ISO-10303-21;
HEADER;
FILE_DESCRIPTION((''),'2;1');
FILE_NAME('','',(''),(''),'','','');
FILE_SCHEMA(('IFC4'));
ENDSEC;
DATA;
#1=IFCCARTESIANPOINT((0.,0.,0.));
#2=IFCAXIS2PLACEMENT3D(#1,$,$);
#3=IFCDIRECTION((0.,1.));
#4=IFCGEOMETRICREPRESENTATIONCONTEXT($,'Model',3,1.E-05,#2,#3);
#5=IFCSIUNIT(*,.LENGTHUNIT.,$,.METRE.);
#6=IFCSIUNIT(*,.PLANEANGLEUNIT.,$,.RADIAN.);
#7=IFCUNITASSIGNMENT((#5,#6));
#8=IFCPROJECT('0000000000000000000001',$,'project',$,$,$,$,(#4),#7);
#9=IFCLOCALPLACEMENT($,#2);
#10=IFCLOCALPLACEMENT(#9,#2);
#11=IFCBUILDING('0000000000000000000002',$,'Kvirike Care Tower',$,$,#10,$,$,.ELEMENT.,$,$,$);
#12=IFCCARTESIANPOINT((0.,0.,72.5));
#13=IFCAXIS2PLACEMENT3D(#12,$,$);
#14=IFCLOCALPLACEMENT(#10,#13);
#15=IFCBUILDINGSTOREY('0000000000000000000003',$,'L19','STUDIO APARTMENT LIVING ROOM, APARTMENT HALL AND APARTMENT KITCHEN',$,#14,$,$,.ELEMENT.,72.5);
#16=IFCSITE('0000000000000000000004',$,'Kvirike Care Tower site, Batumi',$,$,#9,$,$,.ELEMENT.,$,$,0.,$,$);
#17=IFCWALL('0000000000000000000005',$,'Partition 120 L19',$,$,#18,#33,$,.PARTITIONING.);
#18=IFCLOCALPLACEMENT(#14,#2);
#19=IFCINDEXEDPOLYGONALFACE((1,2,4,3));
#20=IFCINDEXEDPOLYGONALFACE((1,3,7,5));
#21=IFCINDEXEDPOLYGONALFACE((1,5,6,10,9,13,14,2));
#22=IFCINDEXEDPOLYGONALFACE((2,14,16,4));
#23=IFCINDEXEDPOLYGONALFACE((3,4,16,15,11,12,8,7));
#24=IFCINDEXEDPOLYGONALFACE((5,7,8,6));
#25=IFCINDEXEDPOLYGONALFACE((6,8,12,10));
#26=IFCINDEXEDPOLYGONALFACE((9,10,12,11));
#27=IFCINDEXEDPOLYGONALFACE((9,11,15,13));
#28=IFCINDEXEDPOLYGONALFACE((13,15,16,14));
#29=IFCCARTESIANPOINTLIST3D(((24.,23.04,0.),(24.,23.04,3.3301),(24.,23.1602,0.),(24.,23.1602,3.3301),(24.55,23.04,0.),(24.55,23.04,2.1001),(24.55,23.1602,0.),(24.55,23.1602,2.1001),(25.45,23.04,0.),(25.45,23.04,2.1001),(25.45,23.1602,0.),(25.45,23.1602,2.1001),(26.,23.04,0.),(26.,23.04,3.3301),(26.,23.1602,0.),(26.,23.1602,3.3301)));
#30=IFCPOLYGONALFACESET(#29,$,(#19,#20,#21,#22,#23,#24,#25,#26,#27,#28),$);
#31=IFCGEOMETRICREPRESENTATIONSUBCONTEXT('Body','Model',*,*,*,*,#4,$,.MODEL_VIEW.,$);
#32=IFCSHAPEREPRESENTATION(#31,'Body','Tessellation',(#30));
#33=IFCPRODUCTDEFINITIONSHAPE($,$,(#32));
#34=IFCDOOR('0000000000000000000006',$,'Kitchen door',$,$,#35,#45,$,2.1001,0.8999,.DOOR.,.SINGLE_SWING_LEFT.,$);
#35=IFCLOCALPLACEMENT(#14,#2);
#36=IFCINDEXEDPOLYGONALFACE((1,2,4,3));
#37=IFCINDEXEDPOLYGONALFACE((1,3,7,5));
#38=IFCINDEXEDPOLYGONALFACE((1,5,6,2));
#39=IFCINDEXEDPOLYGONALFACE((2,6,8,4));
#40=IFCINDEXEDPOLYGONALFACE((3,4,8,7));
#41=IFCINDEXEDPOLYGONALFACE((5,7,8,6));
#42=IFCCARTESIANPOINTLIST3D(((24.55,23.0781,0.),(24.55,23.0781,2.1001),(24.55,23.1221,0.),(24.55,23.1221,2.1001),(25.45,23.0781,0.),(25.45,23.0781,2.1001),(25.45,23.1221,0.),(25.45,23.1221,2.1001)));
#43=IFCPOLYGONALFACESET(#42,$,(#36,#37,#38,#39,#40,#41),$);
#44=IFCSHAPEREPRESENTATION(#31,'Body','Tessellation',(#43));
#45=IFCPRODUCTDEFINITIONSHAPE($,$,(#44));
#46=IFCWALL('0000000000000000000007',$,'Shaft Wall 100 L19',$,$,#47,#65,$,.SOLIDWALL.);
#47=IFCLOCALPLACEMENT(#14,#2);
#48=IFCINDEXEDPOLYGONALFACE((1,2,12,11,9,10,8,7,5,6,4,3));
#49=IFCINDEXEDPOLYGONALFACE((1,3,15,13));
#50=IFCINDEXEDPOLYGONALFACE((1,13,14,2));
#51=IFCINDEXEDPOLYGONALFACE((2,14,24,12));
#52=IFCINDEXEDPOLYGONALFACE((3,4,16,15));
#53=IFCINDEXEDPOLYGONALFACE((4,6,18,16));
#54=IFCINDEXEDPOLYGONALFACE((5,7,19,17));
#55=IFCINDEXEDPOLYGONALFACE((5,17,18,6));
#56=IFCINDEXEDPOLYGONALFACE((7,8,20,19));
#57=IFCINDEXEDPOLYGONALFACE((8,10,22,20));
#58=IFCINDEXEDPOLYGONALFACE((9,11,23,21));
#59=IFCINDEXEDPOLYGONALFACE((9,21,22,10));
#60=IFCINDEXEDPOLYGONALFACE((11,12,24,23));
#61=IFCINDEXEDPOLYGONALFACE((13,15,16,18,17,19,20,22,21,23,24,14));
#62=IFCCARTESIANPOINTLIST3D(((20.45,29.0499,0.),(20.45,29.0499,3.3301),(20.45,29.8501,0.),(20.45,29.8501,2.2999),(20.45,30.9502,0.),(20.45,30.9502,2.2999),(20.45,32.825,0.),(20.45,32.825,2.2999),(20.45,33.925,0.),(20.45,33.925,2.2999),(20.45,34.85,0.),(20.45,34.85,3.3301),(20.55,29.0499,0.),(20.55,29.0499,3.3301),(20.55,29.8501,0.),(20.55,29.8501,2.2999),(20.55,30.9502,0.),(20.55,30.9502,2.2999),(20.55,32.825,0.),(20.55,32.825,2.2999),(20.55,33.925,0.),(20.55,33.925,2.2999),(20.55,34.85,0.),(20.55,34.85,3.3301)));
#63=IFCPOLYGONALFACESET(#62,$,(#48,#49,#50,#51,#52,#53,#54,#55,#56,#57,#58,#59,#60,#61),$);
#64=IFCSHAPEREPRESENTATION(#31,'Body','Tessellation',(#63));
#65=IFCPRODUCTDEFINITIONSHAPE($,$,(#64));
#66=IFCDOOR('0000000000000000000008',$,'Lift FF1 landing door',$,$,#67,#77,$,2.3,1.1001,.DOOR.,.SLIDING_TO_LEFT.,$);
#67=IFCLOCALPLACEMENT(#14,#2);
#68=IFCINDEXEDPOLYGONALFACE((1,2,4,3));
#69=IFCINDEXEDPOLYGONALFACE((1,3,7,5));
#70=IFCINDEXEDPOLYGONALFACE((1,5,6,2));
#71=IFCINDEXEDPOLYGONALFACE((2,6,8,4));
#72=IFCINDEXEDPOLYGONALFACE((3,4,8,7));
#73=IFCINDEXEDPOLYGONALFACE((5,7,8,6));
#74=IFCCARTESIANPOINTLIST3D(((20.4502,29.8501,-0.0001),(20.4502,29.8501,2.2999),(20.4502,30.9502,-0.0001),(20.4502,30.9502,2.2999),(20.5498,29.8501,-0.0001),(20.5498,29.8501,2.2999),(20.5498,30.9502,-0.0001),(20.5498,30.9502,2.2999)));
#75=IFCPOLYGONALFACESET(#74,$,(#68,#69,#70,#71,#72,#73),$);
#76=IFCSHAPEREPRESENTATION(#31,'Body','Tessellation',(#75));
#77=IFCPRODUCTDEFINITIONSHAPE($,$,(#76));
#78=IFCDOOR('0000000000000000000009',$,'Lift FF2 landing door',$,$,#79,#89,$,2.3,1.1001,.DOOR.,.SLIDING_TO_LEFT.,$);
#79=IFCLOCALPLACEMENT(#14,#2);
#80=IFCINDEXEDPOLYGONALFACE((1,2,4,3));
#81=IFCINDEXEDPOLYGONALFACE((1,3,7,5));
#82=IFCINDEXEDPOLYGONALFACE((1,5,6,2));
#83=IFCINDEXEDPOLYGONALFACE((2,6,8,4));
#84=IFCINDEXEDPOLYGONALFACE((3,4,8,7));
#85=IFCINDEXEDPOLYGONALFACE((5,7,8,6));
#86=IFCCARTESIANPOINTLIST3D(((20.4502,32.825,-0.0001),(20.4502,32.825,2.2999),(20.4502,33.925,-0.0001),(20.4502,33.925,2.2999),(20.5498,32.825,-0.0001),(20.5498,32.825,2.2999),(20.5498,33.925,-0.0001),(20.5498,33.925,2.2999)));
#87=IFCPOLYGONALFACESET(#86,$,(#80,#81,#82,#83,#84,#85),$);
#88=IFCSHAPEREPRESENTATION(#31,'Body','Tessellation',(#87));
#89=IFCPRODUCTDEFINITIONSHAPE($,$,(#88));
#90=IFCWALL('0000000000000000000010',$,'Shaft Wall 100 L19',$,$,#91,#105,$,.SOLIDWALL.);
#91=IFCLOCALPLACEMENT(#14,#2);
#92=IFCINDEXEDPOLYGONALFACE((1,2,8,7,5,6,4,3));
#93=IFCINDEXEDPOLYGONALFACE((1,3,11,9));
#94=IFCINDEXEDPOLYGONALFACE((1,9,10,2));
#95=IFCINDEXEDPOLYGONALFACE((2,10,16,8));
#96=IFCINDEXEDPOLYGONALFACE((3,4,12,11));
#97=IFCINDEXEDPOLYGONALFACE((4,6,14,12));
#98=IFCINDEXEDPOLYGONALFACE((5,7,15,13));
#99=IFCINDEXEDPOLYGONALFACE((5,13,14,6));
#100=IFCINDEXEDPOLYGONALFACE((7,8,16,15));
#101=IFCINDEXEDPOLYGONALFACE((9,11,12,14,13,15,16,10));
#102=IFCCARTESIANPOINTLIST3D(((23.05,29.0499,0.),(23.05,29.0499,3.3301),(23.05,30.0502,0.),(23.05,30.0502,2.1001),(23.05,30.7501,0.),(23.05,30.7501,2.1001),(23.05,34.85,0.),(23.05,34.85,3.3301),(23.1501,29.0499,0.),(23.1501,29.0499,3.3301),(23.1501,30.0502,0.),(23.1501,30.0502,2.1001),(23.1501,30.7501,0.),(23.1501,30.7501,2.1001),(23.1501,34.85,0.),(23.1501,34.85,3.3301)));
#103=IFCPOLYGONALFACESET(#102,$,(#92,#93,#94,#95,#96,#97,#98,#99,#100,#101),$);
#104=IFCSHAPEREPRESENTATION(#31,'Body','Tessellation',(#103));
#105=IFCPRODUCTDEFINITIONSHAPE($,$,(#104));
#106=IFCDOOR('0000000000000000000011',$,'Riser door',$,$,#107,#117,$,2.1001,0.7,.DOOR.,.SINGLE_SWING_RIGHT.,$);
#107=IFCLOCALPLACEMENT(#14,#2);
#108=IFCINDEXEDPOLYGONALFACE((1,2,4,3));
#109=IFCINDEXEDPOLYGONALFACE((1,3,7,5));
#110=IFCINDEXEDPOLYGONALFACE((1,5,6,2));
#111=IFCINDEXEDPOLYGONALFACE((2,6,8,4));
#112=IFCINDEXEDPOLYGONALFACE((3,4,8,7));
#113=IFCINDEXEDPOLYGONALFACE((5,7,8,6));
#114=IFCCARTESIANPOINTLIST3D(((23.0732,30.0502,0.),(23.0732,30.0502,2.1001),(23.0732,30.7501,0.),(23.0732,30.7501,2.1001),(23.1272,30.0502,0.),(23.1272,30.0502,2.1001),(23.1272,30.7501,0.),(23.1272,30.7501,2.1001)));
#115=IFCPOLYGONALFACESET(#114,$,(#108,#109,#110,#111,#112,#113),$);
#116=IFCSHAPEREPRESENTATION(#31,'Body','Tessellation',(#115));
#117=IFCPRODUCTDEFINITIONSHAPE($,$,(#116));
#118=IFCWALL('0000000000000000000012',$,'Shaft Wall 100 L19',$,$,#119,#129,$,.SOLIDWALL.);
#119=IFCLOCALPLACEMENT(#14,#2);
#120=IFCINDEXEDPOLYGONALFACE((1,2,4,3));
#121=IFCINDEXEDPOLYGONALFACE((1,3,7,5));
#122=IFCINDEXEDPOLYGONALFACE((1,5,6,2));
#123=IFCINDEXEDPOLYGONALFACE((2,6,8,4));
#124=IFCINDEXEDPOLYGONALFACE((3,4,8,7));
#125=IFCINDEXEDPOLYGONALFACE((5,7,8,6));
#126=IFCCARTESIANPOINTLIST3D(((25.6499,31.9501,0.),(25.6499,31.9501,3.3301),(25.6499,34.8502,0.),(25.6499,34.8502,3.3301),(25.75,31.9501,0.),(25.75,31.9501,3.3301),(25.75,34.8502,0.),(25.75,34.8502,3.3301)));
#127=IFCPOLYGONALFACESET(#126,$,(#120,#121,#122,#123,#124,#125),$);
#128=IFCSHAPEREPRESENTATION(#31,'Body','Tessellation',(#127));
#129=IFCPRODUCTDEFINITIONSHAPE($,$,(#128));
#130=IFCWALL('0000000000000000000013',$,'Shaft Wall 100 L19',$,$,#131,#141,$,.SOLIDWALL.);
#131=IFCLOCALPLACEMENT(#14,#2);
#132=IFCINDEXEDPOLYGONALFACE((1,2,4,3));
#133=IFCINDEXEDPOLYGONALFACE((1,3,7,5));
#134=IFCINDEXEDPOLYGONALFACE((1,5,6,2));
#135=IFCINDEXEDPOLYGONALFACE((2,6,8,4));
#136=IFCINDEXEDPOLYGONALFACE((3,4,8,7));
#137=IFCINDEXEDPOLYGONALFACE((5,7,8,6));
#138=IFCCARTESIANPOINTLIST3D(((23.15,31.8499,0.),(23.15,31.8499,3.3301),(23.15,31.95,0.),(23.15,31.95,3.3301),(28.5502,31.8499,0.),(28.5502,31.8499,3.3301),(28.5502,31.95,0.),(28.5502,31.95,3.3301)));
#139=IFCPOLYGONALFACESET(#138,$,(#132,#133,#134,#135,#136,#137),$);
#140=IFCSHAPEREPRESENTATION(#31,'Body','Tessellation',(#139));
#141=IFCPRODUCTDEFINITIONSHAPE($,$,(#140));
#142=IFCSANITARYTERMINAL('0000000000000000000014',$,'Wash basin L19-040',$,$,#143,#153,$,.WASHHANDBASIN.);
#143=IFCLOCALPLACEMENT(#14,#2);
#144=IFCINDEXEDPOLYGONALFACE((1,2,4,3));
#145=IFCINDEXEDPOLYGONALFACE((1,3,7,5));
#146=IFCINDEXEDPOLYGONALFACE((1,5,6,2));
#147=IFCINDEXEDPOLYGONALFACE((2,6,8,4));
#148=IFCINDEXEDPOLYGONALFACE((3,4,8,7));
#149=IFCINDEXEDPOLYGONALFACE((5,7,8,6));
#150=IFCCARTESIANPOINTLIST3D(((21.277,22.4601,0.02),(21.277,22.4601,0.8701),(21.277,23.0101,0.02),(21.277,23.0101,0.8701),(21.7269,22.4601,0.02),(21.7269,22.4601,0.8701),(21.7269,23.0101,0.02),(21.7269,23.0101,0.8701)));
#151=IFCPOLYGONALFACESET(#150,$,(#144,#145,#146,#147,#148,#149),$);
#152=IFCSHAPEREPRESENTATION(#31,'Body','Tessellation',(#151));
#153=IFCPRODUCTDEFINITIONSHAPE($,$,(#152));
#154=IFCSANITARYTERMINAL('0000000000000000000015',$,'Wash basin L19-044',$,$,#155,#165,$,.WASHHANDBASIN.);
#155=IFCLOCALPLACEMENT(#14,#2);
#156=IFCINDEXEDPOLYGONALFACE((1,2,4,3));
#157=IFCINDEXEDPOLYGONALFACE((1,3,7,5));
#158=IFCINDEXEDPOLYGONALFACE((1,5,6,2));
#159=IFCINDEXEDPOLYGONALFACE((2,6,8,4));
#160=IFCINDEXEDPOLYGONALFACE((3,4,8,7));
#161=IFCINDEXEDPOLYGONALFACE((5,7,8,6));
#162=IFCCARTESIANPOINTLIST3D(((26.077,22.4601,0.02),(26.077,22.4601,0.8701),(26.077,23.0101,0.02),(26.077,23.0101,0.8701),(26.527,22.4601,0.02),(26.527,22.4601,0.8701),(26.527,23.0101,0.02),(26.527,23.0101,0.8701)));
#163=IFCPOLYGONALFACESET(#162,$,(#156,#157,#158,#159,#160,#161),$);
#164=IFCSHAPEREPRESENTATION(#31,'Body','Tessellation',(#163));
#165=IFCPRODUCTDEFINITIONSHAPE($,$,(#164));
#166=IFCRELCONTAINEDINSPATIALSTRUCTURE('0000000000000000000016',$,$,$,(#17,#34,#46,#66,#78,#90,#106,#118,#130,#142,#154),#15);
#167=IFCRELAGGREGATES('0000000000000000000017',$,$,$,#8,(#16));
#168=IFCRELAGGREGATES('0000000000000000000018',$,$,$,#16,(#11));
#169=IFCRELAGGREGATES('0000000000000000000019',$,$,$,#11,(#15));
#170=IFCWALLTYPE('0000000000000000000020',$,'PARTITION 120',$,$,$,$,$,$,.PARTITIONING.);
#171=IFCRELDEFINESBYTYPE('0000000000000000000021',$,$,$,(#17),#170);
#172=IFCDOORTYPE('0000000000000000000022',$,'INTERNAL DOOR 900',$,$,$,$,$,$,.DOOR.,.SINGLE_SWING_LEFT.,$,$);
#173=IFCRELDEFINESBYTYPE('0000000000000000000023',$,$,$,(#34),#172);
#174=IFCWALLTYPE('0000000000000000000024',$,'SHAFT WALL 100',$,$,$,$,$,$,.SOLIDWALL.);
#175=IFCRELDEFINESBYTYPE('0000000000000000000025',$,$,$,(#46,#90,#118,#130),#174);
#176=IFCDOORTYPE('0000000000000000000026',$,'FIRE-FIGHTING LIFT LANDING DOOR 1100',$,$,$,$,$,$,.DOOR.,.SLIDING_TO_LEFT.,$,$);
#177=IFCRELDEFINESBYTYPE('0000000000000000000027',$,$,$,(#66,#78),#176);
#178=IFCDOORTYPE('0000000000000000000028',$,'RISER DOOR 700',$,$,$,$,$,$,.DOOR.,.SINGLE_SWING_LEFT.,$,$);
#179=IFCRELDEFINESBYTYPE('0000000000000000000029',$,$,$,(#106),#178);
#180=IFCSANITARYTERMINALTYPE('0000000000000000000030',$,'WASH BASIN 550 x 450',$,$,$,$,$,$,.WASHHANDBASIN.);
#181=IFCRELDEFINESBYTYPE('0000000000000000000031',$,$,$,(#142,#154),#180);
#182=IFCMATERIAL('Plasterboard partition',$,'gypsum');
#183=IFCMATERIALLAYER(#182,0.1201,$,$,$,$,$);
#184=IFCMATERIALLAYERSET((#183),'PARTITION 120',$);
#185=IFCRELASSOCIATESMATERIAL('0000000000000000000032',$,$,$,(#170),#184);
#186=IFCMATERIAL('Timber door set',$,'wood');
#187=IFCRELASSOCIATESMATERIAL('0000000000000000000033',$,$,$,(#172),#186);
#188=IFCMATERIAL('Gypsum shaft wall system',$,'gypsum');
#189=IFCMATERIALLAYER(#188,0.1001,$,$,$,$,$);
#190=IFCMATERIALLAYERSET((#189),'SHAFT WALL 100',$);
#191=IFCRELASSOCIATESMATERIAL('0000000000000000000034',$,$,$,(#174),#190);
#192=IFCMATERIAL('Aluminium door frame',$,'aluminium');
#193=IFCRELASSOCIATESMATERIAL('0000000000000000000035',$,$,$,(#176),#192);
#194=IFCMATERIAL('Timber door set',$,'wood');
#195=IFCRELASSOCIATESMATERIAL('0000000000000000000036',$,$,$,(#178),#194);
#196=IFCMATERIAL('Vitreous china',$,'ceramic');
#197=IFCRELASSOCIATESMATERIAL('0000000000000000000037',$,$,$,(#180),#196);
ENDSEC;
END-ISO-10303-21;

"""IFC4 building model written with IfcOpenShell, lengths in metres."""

from ifc_helpers import new_model, si_unit, direction, frame, frame_2d, origin, origin_2d, place, context, subcontext, project, spatial, rectangle, extrude, material, layer, layer_set, type_object, element, fill, save


model = new_model("IFC4")

# Units and contexts
model_context = context("Model", 3, precision=1e-05, world=origin(), true_north=direction((0.0, 1.0)))
body_context = subcontext(model_context, "Body", "Model", "MODEL_VIEW")
ifc_project = project(units=[si_unit("LENGTHUNIT", "METRE"), si_unit("PLANEANGLEUNIT", "RADIAN")], contexts=[model_context])

# Site, building, storey
site_placement = place(None, origin())
site = spatial("IfcSite", under=ifc_project, at=site_placement, Name="Kvirike Care Tower site, Batumi", CompositionType="ELEMENT", RefElevation=0.0)
building_placement = place(site_placement, origin())
building = spatial("IfcBuilding", under=site, at=building_placement, Name="Kvirike Care Tower", CompositionType="ELEMENT")
storey_placement = place(building_placement, frame((0.0, 0.0, 72.5)))
storey = spatial("IfcBuildingStorey", under=building, at=storey_placement, Name="L19", Description="STUDIO APARTMENT LIVING ROOM, APARTMENT HALL AND APARTMENT KITCHEN", CompositionType="ELEMENT", Elevation=72.5)

# Wall, opening, door
ifc_material_1 = material(Name="Plasterboard partition", Category="gypsum")
ifc_layer_1 = layer(ifc_material_1, 0.1201)
ifc_layer_set_1 = layer_set([ifc_layer_1], Name="PARTITION 120")
wall_type_1 = type_object("IfcWallType", Name="PARTITION 120", PredefinedType="PARTITIONING", material=ifc_layer_set_1)
ifc_material_2 = material(Name="Timber door set", Category="wood")
door_type_1 = type_object("IfcDoorType", Name="INTERNAL DOOR 900", OperationType="SINGLE_SWING_LEFT", PredefinedType="DOOR", material=ifc_material_2)
wall_1_placement = place(storey_placement, frame((24.0, 23.1001, 0.0), z_axis=(0.0, 0.0, 1.0), x_axis=(1.0, 0.0, 0.0)))
wall_1 = element("IfcWall", 1, at=wall_1_placement, inside=storey, type_object=wall_type_1, Name="Partition 120 L19", PredefinedType="PARTITIONING", context=body_context, shape_type="SweptSolid", body=[
    extrude(rectangle(XDim=2.0, YDim=0.1201, at=frame_2d((1.0, 0.0))), origin(), (0.0, 0.0, 1.0), 3.3301),
])
opening_1_placement = place(wall_1_placement, frame((0.55, 0.0, 0.0)))
opening_1 = element("IfcOpeningElement", 2, at=opening_1_placement, cuts=wall_1, PredefinedType="OPENING", context=body_context, shape_type="SweptSolid", body=[
    extrude(rectangle(XDim=0.8999, YDim=2.1001, at=frame_2d((0.45, 1.05))), frame((0.0, 0.0706, 0.0), z_axis=(0.0, -1.0, 0.0), x_axis=(1.0, 0.0, 0.0)), (0.0, 0.0, 1.0), 0.1411),
])
door_1_placement = place(opening_1_placement, frame((0.8999, 0.0, 0.0), z_axis=(0.0, 0.0, 1.0), x_axis=(-1.0, 0.0, 0.0)))
door_1 = element("IfcDoor", 3, at=door_1_placement, inside=storey, type_object=door_type_1, Name="Kitchen door", OperationType="SINGLE_SWING_LEFT", OverallHeight=2.1001, OverallWidth=0.8999, PredefinedType="DOOR", context=body_context, shape_type="SweptSolid", body=[
    extrude(rectangle(XDim=0.8999, YDim=2.1001, at=frame_2d((0.45, 1.05))), frame((0.0, 0.022, 0.0), z_axis=(0.0, -1.0, 0.0), x_axis=(1.0, 0.0, 0.0)), (0.0, 0.0, 1.0), 0.0439),
])
fill(opening_1, door_1)

# Wall, openings, doors
ifc_material_3 = material(Name="Gypsum shaft wall system", Category="gypsum")
ifc_layer_2 = layer(ifc_material_3, 0.1001)
ifc_layer_set_2 = layer_set([ifc_layer_2], Name="SHAFT WALL 100")
wall_type_2 = type_object("IfcWallType", Name="SHAFT WALL 100", PredefinedType="SOLIDWALL", material=ifc_layer_set_2)
wall_2_placement = place(storey_placement, frame((20.5, 29.05, 0.0), z_axis=(0.0, 0.0, 1.0), x_axis=(0.0, 1.0, 0.0)))
wall_2 = element("IfcWall", 4, at=wall_2_placement, inside=storey, type_object=wall_type_2, Name="Shaft Wall 100 L19", PredefinedType="SOLIDWALL", context=body_context, shape_type="SweptSolid", body=[
    extrude(rectangle(XDim=5.8, YDim=0.1001, at=frame_2d((2.8999, 0.0))), origin(), (0.0, 0.0, 1.0), 3.3301),
])
opening_2_placement = place(wall_2_placement, frame((0.8, 0.0, 0.0)))
opening_2 = element("IfcOpeningElement", 5, at=opening_2_placement, cuts=wall_2, PredefinedType="OPENING", context=body_context, shape_type="SweptSolid", body=[
    extrude(rectangle(XDim=1.1001, YDim=2.3, at=frame_2d((0.55, 1.1499))), frame((0.0, 0.0605, 0.0), z_axis=(0.0, -1.0, 0.0), x_axis=(1.0, 0.0, 0.0)), (0.0, 0.0, 1.0), 0.1211),
])
opening_3_placement = place(wall_2_placement, frame((3.7749, 0.0, 0.0)))
opening_3 = element("IfcOpeningElement", 6, at=opening_3_placement, cuts=wall_2, PredefinedType="OPENING", context=body_context, shape_type="SweptSolid", body=[
    extrude(rectangle(XDim=1.1001, YDim=2.3, at=frame_2d((0.55, 1.1499))), frame((0.0, 0.0605, 0.0), z_axis=(0.0, -1.0, 0.0), x_axis=(1.0, 0.0, 0.0)), (0.0, 0.0, 1.0), 0.1211),
])
ifc_material_4 = material(Name="Aluminium door frame", Category="aluminium")
door_type_2 = type_object("IfcDoorType", Name="FIRE-FIGHTING LIFT LANDING DOOR 1100", OperationType="SLIDING_TO_LEFT", PredefinedType="DOOR", material=ifc_material_4)
door_2_placement = place(opening_2_placement, origin())
door_2 = element("IfcDoor", 7, at=door_2_placement, inside=storey, type_object=door_type_2, Name="Lift FF1 landing door", OperationType="SLIDING_TO_LEFT", OverallHeight=2.3, OverallWidth=1.1001, PredefinedType="DOOR", context=body_context, shape_type="SweptSolid", body=[
    extrude(rectangle(XDim=1.1001, YDim=2.3, at=frame_2d((0.55, 1.1499))), frame((0.0, 0.0498, 0.0), z_axis=(0.0, -1.0, 0.0), x_axis=(1.0, 0.0, 0.0)), (0.0, 0.0, 1.0), 0.0996),
])
fill(opening_2, door_2)
door_3_placement = place(opening_3_placement, origin())
door_3 = element("IfcDoor", 8, at=door_3_placement, inside=storey, type_object=door_type_2, Name="Lift FF2 landing door", OperationType="SLIDING_TO_LEFT", OverallHeight=2.3, OverallWidth=1.1001, PredefinedType="DOOR", context=body_context, shape_type="SweptSolid", body=[
    extrude(rectangle(XDim=1.1001, YDim=2.3, at=frame_2d((0.55, 1.1499))), frame((0.0, 0.0498, 0.0), z_axis=(0.0, -1.0, 0.0), x_axis=(1.0, 0.0, 0.0)), (0.0, 0.0, 1.0), 0.0996),
])
fill(opening_3, door_3)

# Wall, opening, door
wall_3_placement = place(storey_placement, frame((23.1001, 29.05, 0.0), z_axis=(0.0, 0.0, 1.0), x_axis=(0.0, 1.0, 0.0)))
wall_3 = element("IfcWall", 9, at=wall_3_placement, inside=storey, type_object=wall_type_2, Name="Shaft Wall 100 L19", PredefinedType="SOLIDWALL", context=body_context, shape_type="SweptSolid", body=[
    extrude(rectangle(XDim=5.8, YDim=0.1001, at=frame_2d((2.8999, 0.0))), origin(), (0.0, 0.0, 1.0), 3.3301),
])
opening_4_placement = place(wall_3_placement, frame((1.0, 0.0, 0.0)))
opening_4 = element("IfcOpeningElement", 10, at=opening_4_placement, cuts=wall_3, PredefinedType="OPENING", context=body_context, shape_type="SweptSolid", body=[
    extrude(rectangle(XDim=0.7, YDim=2.1001, at=frame_2d((0.3501, 1.05))), frame((0.0, 0.0605, 0.0), z_axis=(0.0, -1.0, 0.0), x_axis=(1.0, 0.0, 0.0)), (0.0, 0.0, 1.0), 0.1211),
])
ifc_material_5 = material(Name="Timber door set", Category="wood")
door_type_3 = type_object("IfcDoorType", Name="RISER DOOR 700", OperationType="SINGLE_SWING_LEFT", PredefinedType="DOOR", material=ifc_material_5)
door_4_placement = place(opening_4_placement, origin())
door_4 = element("IfcDoor", 11, at=door_4_placement, inside=storey, type_object=door_type_3, Name="Riser door", OperationType="SINGLE_SWING_RIGHT", OverallHeight=2.1001, OverallWidth=0.7, PredefinedType="DOOR", context=body_context, shape_type="SweptSolid", body=[
    extrude(rectangle(XDim=0.7, YDim=2.1001, at=frame_2d((0.3501, 1.05))), frame((0.0, 0.0269, 0.0), z_axis=(0.0, -1.0, 0.0), x_axis=(1.0, 0.0, 0.0)), (0.0, 0.0, 1.0), 0.054),
])
fill(opening_4, door_4)

# Walls
wall_4_placement = place(storey_placement, frame((25.7, 31.95, 0.0), z_axis=(0.0, 0.0, 1.0), x_axis=(0.0, 1.0, 0.0)))
element("IfcWall", 12, at=wall_4_placement, inside=storey, type_object=wall_type_2, Name="Shaft Wall 100 L19", PredefinedType="SOLIDWALL", context=body_context, shape_type="SweptSolid", body=[
    extrude(rectangle(XDim=2.9001, YDim=0.1001, at=frame_2d((1.4502, 0.0))), origin(), (0.0, 0.0, 1.0), 3.3301),
])
wall_5_placement = place(storey_placement, frame((23.1499, 31.8999, 0.0), z_axis=(0.0, 0.0, 1.0), x_axis=(1.0, 0.0, 0.0)))
element("IfcWall", 13, at=wall_5_placement, inside=storey, type_object=wall_type_2, Name="Shaft Wall 100 L19", PredefinedType="SOLIDWALL", context=body_context, shape_type="SweptSolid", body=[
    extrude(rectangle(XDim=5.4001, YDim=0.1001, at=frame_2d((2.7002, 0.0))), origin(), (0.0, 0.0, 1.0), 3.3301),
])

# Sanitary terminals
ifc_material_6 = material(Name="Vitreous china", Category="ceramic")
sanitary_terminal_type_1 = type_object("IfcSanitaryTerminalType", Name="WASH BASIN 550 x 450", PredefinedType="WASHHANDBASIN", material=ifc_material_6)
for number, where, z_axis, x_axis, name in (
    (14, (21.502, 22.7351, 0.02), (0.0, 0.0, 1.0), (0.0, 1.0, 0.0), "Wash basin L19-040"),
    (15, (26.302, 22.7351, 0.02), (0.0, 0.0, 1.0), (0.0, 1.0, 0.0), "Wash basin L19-044"),
):
    element("IfcSanitaryTerminal", number, at=place(storey_placement, frame(where, z_axis=z_axis, x_axis=x_axis)), inside=storey, type_object=sanitary_terminal_type_1, Name=name, PredefinedType="WASHHANDBASIN", context=body_context, shape_type="SweptSolid", body=[
        extrude(rectangle(XDim=0.55, YDim=0.45, at=origin_2d()), origin(), (0.0, 0.0, 1.0), 0.8501),
    ])

save(model, "model.ifc")
